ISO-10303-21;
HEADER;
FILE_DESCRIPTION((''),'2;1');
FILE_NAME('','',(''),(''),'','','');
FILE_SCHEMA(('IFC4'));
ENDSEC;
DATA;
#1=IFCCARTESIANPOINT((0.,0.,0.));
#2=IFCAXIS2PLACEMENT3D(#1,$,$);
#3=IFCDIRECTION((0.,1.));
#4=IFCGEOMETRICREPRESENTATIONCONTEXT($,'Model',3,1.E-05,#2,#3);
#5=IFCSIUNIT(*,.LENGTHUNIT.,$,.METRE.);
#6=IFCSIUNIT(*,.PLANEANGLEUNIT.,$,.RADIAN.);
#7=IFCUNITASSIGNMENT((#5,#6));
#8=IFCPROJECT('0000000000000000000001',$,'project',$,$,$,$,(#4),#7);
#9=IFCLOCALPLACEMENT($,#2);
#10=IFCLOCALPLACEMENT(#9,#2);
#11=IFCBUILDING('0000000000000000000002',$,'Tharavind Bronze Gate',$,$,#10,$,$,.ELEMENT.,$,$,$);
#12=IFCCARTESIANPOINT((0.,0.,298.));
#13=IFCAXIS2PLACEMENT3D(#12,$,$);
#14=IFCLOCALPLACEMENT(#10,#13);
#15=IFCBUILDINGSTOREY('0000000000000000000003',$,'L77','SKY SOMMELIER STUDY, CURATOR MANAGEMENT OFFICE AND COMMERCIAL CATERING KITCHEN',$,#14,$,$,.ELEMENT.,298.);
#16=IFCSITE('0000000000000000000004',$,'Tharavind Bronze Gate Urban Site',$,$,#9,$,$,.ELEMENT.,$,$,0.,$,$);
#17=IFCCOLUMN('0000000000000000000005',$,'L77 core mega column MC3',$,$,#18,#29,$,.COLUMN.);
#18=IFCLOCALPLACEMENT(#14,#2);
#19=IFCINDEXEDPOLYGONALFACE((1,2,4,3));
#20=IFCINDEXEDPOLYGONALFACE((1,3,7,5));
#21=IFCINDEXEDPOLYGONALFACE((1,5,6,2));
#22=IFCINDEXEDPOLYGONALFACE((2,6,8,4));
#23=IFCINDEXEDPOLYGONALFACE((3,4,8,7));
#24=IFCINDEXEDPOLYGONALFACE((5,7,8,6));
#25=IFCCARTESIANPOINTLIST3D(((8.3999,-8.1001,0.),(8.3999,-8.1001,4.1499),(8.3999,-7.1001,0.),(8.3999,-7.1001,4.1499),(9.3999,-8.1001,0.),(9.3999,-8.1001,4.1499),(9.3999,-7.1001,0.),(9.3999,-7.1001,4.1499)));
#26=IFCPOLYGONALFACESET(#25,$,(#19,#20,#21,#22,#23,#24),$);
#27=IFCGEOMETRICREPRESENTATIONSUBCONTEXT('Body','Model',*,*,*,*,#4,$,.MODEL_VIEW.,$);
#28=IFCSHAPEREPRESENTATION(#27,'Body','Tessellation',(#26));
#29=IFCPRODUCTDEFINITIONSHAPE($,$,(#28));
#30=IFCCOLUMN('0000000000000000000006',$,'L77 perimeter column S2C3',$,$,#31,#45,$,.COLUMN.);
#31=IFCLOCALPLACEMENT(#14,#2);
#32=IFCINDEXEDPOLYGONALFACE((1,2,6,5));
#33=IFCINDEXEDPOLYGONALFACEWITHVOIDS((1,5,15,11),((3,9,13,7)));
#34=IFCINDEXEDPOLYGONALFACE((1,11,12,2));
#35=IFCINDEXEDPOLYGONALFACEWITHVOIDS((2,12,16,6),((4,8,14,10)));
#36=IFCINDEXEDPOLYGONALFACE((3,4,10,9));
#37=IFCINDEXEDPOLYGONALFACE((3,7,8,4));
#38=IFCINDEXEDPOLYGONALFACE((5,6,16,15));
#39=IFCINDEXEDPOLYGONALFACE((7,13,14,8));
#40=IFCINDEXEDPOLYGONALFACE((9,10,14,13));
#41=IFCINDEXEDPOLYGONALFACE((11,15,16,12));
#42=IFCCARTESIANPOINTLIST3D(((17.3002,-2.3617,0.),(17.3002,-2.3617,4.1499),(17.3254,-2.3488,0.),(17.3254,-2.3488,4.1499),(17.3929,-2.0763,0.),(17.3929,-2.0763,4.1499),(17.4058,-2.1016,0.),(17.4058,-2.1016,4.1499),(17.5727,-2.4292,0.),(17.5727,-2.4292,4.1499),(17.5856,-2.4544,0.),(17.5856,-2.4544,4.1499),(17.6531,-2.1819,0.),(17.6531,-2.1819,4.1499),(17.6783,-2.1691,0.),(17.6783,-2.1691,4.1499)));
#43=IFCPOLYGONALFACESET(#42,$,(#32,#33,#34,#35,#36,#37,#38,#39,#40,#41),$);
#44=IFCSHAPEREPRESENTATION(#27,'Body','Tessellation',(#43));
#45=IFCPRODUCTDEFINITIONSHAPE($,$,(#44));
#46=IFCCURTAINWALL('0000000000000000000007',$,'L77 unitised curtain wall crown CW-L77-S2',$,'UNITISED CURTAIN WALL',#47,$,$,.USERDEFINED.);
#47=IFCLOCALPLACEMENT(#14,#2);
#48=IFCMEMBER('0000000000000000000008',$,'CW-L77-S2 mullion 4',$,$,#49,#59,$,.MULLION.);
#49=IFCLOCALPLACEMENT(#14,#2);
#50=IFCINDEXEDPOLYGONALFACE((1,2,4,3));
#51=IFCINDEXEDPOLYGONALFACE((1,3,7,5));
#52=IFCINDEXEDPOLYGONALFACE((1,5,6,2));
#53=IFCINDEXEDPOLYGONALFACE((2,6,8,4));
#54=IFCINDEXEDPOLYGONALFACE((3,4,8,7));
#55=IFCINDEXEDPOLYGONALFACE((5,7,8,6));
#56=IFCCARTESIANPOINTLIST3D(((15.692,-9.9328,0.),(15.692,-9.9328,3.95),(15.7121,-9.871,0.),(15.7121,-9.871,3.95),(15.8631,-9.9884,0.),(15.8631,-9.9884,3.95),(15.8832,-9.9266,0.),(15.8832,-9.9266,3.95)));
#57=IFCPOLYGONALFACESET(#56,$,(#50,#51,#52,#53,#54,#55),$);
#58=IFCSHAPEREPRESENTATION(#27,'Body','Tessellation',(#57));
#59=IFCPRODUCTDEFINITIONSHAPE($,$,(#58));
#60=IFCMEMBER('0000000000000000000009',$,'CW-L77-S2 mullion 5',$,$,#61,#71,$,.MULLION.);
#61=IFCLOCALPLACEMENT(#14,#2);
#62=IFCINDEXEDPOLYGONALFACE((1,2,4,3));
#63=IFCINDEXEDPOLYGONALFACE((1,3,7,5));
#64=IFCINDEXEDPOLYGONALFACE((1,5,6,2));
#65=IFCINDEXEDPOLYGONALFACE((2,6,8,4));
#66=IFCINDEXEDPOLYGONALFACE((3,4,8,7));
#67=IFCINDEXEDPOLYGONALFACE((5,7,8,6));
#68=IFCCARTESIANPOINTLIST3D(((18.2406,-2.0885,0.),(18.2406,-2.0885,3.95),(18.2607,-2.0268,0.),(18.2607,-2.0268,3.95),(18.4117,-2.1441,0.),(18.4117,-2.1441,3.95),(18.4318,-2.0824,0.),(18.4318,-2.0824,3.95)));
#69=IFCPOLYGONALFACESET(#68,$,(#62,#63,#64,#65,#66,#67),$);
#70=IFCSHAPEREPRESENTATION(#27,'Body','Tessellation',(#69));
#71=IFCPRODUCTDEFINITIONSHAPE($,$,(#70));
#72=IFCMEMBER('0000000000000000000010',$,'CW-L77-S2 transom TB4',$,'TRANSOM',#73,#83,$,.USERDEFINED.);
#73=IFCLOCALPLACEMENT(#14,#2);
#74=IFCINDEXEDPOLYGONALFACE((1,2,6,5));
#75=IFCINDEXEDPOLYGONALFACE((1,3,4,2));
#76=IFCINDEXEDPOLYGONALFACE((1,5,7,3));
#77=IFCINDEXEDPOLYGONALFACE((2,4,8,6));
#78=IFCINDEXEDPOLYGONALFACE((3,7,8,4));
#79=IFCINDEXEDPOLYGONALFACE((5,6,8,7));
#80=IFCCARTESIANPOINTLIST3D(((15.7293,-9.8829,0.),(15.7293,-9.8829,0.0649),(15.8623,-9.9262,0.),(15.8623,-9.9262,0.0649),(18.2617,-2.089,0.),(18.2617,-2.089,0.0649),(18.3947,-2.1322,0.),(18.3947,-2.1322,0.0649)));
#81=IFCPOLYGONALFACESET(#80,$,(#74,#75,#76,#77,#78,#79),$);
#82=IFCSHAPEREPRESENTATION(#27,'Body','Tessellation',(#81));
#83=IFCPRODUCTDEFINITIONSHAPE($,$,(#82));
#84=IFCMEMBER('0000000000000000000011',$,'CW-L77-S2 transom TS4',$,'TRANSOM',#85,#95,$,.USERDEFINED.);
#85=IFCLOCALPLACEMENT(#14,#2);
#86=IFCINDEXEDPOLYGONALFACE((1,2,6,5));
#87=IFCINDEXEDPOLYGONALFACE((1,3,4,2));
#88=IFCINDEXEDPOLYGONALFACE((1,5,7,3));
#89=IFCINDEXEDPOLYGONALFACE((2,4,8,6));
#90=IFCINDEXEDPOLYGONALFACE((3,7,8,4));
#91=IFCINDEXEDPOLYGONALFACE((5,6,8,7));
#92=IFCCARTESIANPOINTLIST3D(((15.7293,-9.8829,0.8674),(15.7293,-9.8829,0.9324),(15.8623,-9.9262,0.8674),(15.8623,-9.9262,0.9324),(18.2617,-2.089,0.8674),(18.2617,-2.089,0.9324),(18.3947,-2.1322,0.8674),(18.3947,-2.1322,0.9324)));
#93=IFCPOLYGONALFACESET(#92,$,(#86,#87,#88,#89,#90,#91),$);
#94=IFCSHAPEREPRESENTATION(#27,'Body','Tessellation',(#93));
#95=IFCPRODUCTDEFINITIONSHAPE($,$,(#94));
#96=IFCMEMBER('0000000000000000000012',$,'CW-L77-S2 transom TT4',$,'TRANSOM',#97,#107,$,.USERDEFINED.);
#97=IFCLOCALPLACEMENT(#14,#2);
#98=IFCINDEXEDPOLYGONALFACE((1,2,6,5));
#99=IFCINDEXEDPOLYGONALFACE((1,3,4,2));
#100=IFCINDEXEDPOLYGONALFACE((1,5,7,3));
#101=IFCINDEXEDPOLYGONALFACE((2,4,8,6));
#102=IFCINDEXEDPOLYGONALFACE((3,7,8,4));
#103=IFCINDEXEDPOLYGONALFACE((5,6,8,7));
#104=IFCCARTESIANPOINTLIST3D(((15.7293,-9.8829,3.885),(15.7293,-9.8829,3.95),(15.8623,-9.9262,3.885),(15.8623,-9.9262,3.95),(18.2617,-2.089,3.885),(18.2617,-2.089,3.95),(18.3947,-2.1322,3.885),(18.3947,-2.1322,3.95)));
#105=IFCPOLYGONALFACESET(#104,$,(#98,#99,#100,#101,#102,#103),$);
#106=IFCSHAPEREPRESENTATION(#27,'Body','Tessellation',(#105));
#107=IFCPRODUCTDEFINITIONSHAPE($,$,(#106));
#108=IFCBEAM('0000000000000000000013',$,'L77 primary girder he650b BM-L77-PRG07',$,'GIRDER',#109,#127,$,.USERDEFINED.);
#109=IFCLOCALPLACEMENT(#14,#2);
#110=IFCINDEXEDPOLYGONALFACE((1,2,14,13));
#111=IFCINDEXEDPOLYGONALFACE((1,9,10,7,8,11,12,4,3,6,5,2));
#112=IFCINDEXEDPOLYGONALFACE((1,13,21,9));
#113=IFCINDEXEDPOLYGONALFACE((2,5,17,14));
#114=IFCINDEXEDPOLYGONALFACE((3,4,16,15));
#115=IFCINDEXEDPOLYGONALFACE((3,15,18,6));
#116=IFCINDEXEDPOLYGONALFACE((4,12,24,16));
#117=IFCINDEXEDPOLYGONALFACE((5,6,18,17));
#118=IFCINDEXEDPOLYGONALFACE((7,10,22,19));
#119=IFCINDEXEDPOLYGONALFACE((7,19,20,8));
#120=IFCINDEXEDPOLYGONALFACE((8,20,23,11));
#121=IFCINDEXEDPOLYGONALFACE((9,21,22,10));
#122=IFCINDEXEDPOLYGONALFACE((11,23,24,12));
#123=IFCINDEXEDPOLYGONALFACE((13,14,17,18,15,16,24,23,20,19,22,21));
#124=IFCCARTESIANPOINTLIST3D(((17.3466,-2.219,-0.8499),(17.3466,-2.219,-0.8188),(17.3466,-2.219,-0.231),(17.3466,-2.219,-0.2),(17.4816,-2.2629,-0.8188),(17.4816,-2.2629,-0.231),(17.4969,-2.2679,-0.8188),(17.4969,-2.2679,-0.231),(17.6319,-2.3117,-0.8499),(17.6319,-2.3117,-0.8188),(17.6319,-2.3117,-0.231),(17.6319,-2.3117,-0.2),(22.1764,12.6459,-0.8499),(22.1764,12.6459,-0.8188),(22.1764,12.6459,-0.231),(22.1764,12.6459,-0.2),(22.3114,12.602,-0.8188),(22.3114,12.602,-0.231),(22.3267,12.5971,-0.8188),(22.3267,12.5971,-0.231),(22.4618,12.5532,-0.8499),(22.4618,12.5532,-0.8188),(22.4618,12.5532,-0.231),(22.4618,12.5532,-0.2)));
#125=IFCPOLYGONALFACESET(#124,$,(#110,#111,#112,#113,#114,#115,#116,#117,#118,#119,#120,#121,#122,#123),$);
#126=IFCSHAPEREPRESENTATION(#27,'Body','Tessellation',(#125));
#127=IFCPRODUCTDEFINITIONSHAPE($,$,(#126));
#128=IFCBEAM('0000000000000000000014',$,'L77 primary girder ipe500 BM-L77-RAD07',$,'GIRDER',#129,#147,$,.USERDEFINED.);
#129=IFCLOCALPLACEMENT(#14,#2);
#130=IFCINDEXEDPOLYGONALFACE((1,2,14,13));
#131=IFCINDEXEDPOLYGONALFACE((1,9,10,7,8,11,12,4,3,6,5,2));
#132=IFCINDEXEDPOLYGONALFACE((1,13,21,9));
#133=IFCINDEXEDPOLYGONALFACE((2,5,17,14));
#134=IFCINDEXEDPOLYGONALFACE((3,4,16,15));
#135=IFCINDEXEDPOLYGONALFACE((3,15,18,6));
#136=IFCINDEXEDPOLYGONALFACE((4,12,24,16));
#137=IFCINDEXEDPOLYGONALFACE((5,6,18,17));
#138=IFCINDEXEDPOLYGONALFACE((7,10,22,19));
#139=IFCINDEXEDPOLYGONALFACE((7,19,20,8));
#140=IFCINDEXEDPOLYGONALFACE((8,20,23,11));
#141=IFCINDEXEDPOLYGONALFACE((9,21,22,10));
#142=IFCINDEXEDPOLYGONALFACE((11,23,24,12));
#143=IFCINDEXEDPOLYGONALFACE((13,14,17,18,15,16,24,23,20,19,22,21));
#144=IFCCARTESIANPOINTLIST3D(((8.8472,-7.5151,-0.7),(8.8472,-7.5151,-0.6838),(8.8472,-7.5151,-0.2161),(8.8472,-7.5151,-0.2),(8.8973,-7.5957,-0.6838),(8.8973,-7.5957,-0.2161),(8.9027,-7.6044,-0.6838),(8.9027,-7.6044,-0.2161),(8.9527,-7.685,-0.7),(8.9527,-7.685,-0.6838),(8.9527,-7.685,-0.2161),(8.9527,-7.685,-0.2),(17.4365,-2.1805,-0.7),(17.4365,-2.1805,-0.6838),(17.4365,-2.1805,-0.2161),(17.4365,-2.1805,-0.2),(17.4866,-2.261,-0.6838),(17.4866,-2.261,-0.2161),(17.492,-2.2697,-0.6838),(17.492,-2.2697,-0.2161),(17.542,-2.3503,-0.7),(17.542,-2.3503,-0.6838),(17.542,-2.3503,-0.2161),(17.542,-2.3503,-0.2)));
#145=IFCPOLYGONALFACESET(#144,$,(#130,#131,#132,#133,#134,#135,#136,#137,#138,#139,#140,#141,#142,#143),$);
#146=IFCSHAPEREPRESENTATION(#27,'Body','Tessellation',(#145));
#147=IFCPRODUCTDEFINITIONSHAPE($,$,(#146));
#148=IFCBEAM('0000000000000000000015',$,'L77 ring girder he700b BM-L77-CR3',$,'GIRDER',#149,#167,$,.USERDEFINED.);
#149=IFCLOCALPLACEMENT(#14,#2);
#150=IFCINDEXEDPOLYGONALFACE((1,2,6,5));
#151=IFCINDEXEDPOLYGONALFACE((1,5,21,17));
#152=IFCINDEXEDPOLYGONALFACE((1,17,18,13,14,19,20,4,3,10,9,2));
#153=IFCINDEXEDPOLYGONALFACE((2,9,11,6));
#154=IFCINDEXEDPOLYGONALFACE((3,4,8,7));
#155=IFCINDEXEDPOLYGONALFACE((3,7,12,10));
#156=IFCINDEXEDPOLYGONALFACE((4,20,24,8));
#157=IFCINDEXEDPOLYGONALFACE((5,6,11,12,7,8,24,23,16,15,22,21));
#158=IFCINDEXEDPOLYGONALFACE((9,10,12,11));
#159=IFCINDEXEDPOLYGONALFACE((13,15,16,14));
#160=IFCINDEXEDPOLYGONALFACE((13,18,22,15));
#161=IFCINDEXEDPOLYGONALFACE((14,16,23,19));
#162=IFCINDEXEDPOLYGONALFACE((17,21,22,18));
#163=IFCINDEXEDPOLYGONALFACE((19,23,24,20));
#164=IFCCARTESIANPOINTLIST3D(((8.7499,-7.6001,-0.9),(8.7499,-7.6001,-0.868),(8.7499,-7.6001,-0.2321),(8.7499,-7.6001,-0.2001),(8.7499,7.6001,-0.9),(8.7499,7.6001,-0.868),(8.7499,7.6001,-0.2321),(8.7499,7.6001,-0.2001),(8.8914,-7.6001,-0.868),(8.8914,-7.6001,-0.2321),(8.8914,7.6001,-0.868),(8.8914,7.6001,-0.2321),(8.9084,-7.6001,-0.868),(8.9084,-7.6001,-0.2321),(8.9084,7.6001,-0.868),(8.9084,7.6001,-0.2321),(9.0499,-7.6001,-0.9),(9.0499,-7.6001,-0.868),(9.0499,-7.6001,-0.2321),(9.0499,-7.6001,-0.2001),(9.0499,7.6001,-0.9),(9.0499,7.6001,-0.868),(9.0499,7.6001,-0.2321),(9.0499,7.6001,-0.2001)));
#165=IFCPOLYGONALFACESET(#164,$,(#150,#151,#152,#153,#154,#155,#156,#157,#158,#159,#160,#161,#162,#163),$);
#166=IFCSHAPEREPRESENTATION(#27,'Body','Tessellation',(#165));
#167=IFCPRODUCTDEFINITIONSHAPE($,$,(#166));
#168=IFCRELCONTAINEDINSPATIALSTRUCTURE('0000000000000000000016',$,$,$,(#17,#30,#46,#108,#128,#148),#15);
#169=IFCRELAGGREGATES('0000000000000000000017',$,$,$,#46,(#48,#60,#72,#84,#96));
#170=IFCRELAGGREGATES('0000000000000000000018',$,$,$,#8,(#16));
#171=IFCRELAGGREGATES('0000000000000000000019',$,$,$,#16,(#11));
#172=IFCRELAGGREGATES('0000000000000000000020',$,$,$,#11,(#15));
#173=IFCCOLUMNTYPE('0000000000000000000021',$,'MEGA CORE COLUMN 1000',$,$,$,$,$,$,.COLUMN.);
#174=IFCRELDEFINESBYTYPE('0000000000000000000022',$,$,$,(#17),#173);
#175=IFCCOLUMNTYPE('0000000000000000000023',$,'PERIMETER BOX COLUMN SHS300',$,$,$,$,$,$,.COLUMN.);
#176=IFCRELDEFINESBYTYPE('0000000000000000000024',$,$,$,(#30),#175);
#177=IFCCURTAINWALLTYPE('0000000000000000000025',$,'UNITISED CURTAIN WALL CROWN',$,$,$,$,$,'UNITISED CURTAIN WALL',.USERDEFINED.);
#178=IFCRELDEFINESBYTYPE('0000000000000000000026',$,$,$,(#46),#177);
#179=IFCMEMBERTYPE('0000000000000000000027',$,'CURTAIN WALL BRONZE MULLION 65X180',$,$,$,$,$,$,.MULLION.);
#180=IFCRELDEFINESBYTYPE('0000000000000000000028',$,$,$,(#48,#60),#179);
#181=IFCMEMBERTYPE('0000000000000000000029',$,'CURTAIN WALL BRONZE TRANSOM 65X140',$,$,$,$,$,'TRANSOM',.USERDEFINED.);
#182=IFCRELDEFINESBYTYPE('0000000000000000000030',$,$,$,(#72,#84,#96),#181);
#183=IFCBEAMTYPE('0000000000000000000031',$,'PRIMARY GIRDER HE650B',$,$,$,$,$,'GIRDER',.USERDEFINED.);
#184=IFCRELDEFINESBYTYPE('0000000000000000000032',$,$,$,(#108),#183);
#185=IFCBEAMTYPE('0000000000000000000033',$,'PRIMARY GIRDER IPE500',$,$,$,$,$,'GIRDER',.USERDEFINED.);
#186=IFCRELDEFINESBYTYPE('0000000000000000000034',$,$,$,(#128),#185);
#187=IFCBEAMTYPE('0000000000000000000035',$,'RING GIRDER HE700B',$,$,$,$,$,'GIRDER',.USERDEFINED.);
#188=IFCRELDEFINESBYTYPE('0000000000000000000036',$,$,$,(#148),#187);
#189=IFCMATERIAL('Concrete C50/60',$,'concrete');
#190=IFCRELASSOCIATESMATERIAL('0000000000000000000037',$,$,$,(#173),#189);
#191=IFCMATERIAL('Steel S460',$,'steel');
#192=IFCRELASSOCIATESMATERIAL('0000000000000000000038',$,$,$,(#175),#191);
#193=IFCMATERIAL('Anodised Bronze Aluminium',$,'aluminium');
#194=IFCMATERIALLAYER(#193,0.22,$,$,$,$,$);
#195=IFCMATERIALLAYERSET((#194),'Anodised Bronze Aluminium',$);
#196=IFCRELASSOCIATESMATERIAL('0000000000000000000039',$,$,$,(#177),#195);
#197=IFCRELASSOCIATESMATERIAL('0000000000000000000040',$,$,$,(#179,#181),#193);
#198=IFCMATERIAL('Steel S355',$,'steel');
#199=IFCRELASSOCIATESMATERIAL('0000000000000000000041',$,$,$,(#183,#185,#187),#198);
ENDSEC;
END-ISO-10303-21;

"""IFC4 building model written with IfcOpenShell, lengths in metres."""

from ifc_helpers import new_model, si_unit, direction, frame, origin, origin_2d, place, context, subcontext, project, spatial, rectangle, hollow_rectangle, i_section, extrude, material, layer, layer_set, material_profile, profile_set, type_object, element, aggregate, save


model = new_model("IFC4")

# Units and contexts
model_context = context("Model", 3, precision=1e-05, world=origin(), true_north=direction((0.0, 1.0)))
body_context = subcontext(model_context, "Body", "Model", "MODEL_VIEW")
ifc_project = project(units=[si_unit("LENGTHUNIT", "METRE"), si_unit("PLANEANGLEUNIT", "RADIAN")], contexts=[model_context])

# Site, building, storey
site_placement = place(None, origin())
site = spatial("IfcSite", under=ifc_project, at=site_placement, Name="Tharavind Bronze Gate Urban Site", CompositionType="ELEMENT", RefElevation=0.0)
building_placement = place(site_placement, origin())
building = spatial("IfcBuilding", under=site, at=building_placement, Name="Tharavind Bronze Gate", CompositionType="ELEMENT")
storey_placement = place(building_placement, frame((0.0, 0.0, 298.0)))
storey = spatial("IfcBuildingStorey", under=building, at=storey_placement, Name="L77", Description="SKY SOMMELIER STUDY, CURATOR MANAGEMENT OFFICE AND COMMERCIAL CATERING KITCHEN", CompositionType="ELEMENT", Elevation=298.0)

# Columns
ifc_material_1 = material(Name="Concrete C50/60", Category="concrete")
ifc_material_profile_1 = material_profile(ifc_material_1, rectangle(XDim=1.0, YDim=1.0, at=origin_2d()), Name="RCCOL1000")
ifc_profile_set_1 = profile_set([ifc_material_profile_1], Name="Concrete C50/60")
column_type_1 = type_object("IfcColumnType", Name="MEGA CORE COLUMN 1000", PredefinedType="COLUMN", material=ifc_profile_set_1)
column_1_placement = place(storey_placement, frame((8.8999, -7.6001, 0.0), z_axis=(0.0, 0.0, 1.0), x_axis=(1.0, 0.0, 0.0)))
element("IfcColumn", 1, at=column_1_placement, inside=storey, type_object=column_type_1, Name="L77 core mega column MC3", PredefinedType="COLUMN", context=body_context, shape_type="SweptSolid", body=[
    extrude(rectangle(XDim=1.0, YDim=1.0, at=origin_2d()), origin(), (0.0, 0.0, 1.0), 4.1499),
])
ifc_material_2 = material(Name="Steel S460", Category="steel")
ifc_material_profile_2 = material_profile(ifc_material_2, hollow_rectangle(XDim=0.3, YDim=0.3, WallThickness=0.02, at=origin_2d()), Name="SHS300X20")
ifc_profile_set_2 = profile_set([ifc_material_profile_2], Name="Steel S460")
column_type_2 = type_object("IfcColumnType", Name="PERIMETER BOX COLUMN SHS300", PredefinedType="COLUMN", material=ifc_profile_set_2)
column_2_placement = place(storey_placement, frame((17.4893, -2.2654, 0.0), z_axis=(0.0, 0.0, 1.0), x_axis=(0.309019, 0.951056, 0.0)))
element("IfcColumn", 2, at=column_2_placement, inside=storey, type_object=column_type_2, Name="L77 perimeter column S2C3", PredefinedType="COLUMN", context=body_context, shape_type="SweptSolid", body=[
    extrude(hollow_rectangle(XDim=0.3, YDim=0.3, WallThickness=0.02, at=origin_2d()), origin(), (0.0, 0.0, 1.0), 4.1499),
])

# Curtain wall, members
ifc_material_3 = material(Name="Anodised Bronze Aluminium", Category="aluminium")
ifc_layer_1 = layer(ifc_material_3, 0.22)
ifc_layer_set_1 = layer_set([ifc_layer_1], Name="Anodised Bronze Aluminium")
curtain_wall_type = type_object("IfcCurtainWallType", Name="UNITISED CURTAIN WALL CROWN", ElementType="UNITISED CURTAIN WALL", PredefinedType="USERDEFINED", material=ifc_layer_set_1)
curtain_wall_placement = place(storey_placement, origin())
curtain_wall = element("IfcCurtainWall", 3, at=curtain_wall_placement, inside=storey, type_object=curtain_wall_type, Name="L77 unitised curtain wall crown CW-L77-S2", ObjectType="UNITISED CURTAIN WALL", PredefinedType="USERDEFINED")
member_type_1 = type_object("IfcMemberType", Name="CURTAIN WALL BRONZE MULLION 65X180", PredefinedType="MULLION", material=ifc_material_3)
member_1_placement = place(storey_placement, frame((15.7876, -9.9297, 0.0), z_axis=(0.0, 0.0, 1.0), x_axis=(0.309017, 0.951057, 0.0)))
member_1 = element("IfcMember", 4, at=member_1_placement, type_object=member_type_1, Name="CW-L77-S2 mullion 4", PredefinedType="MULLION", context=body_context, shape_type="SweptSolid", body=[
    extrude(rectangle(XDim=0.0649, YDim=0.1799, at=origin_2d()), origin(), (0.0, 0.0, 1.0), 3.95),
])
member_2_placement = place(storey_placement, frame((18.3362, -2.0854, 0.0), z_axis=(0.0, 0.0, 1.0), x_axis=(0.309017, 0.951057, 0.0)))
member_2 = element("IfcMember", 5, at=member_2_placement, type_object=member_type_1, Name="CW-L77-S2 mullion 5", PredefinedType="MULLION", context=body_context, shape_type="SweptSolid", body=[
    extrude(rectangle(XDim=0.0649, YDim=0.1799, at=origin_2d()), origin(), (0.0, 0.0, 1.0), 3.95),
])
member_type_2 = type_object("IfcMemberType", Name="CURTAIN WALL BRONZE TRANSOM 65X140", ElementType="TRANSOM", PredefinedType="USERDEFINED", material=ifc_material_3)
member_3_placement = place(storey_placement, frame((17.062, -6.0076, 0.0), z_axis=(0.0, 0.0, 1.0), x_axis=(0.309017, 0.951057, 0.0)))
member_3 = element("IfcMember", 6, at=member_3_placement, type_object=member_type_2, Name="CW-L77-S2 transom TB4", ObjectType="TRANSOM", PredefinedType="USERDEFINED", context=body_context, shape_type="SweptSolid", body=[
    extrude(rectangle(XDim=8.1951, YDim=0.1399, at=origin_2d()), origin(), (0.0, 0.0, 1.0), 0.0649),
])
member_4_placement = place(storey_placement, frame((17.062, -6.0076, 0.8674), z_axis=(0.0, 0.0, 1.0), x_axis=(0.309017, 0.951057, 0.0)))
member_4 = element("IfcMember", 7, at=member_4_placement, type_object=member_type_2, Name="CW-L77-S2 transom TS4", ObjectType="TRANSOM", PredefinedType="USERDEFINED", context=body_context, shape_type="SweptSolid", body=[
    extrude(rectangle(XDim=8.1951, YDim=0.1399, at=origin_2d()), origin(), (0.0, 0.0, 1.0), 0.0649),
])
member_5_placement = place(storey_placement, frame((17.062, -6.0076, 3.885), z_axis=(0.0, 0.0, 1.0), x_axis=(0.309017, 0.951057, 0.0)))
member_5 = element("IfcMember", 8, at=member_5_placement, type_object=member_type_2, Name="CW-L77-S2 transom TT4", ObjectType="TRANSOM", PredefinedType="USERDEFINED", context=body_context, shape_type="SweptSolid", body=[
    extrude(rectangle(XDim=8.1951, YDim=0.1399, at=origin_2d()), origin(), (0.0, 0.0, 1.0), 0.0649),
])

# Beams
ifc_material_4 = material(Name="Steel S355", Category="steel")
ifc_material_profile_3 = material_profile(ifc_material_4, i_section(OverallWidth=0.3, OverallDepth=0.6499, WebThickness=0.0161, FlangeThickness=0.031, at=origin_2d()), Name="HE650B")
ifc_profile_set_3 = profile_set([ifc_material_profile_3], Name="Steel S355")
beam_type_1 = type_object("IfcBeamType", Name="PRIMARY GIRDER HE650B", ElementType="GIRDER", PredefinedType="USERDEFINED", material=ifc_profile_set_3)
beam_1_placement = place(storey_placement, frame((17.4893, -2.2654, -0.5249), z_axis=(0.309012, 0.951058, 0.0), x_axis=(-0.951058, 0.309012, 0.0)))
element("IfcBeam", 9, at=beam_1_placement, inside=storey, type_object=beam_type_1, Name="L77 primary girder he650b BM-L77-PRG07", ObjectType="GIRDER", PredefinedType="USERDEFINED", context=body_context, shape_type="SweptSolid", body=[
    extrude(i_section(OverallWidth=0.3, OverallDepth=0.6499, WebThickness=0.0161, FlangeThickness=0.031, at=origin_2d()), origin(), (0.0, 0.0, 1.0), 15.6299),
])
ifc_material_profile_4 = material_profile(ifc_material_4, i_section(OverallWidth=0.2, OverallDepth=0.5, WebThickness=0.0103, FlangeThickness=0.0161, at=origin_2d()), Name="IPE500")
ifc_profile_set_4 = profile_set([ifc_material_profile_4], Name="Steel S355")
beam_type_2 = type_object("IfcBeamType", Name="PRIMARY GIRDER IPE500", ElementType="GIRDER", PredefinedType="USERDEFINED", material=ifc_profile_set_4)
beam_2_placement = place(storey_placement, frame((17.4893, -2.2654, -0.45), z_axis=(-0.84949, -0.527605, 0.0), x_axis=(0.527605, -0.84949, 0.0)))
element("IfcBeam", 10, at=beam_2_placement, inside=storey, type_object=beam_type_2, Name="L77 primary girder ipe500 BM-L77-RAD07", ObjectType="GIRDER", PredefinedType="USERDEFINED", context=body_context, shape_type="SweptSolid", body=[
    extrude(i_section(OverallWidth=0.2, OverallDepth=0.5, WebThickness=0.0103, FlangeThickness=0.0161, at=origin_2d()), origin(), (0.0, 0.0, 1.0), 10.1111),
])
ifc_material_profile_5 = material_profile(ifc_material_4, i_section(OverallWidth=0.3, OverallDepth=0.7, WebThickness=0.0171, FlangeThickness=0.032, at=origin_2d()), Name="HE700B")
ifc_profile_set_5 = profile_set([ifc_material_profile_5], Name="Steel S355")
beam_type_3 = type_object("IfcBeamType", Name="RING GIRDER HE700B", ElementType="GIRDER", PredefinedType="USERDEFINED", material=ifc_profile_set_5)
beam_3_placement = place(storey_placement, frame((8.8999, -7.6001, -0.55), z_axis=(0.0, 1.0, 0.0), x_axis=(-1.0, 0.0, 0.0)))
element("IfcBeam", 11, at=beam_3_placement, inside=storey, type_object=beam_type_3, Name="L77 ring girder he700b BM-L77-CR3", ObjectType="GIRDER", PredefinedType="USERDEFINED", context=body_context, shape_type="SweptSolid", body=[
    extrude(i_section(OverallWidth=0.3, OverallDepth=0.7, WebThickness=0.0171, FlangeThickness=0.032, at=origin_2d()), origin(), (0.0, 0.0, 1.0), 15.2002),
])

aggregate(curtain_wall, [member_1, member_2, member_3, member_4, member_5])

save(model, "model.ifc")
